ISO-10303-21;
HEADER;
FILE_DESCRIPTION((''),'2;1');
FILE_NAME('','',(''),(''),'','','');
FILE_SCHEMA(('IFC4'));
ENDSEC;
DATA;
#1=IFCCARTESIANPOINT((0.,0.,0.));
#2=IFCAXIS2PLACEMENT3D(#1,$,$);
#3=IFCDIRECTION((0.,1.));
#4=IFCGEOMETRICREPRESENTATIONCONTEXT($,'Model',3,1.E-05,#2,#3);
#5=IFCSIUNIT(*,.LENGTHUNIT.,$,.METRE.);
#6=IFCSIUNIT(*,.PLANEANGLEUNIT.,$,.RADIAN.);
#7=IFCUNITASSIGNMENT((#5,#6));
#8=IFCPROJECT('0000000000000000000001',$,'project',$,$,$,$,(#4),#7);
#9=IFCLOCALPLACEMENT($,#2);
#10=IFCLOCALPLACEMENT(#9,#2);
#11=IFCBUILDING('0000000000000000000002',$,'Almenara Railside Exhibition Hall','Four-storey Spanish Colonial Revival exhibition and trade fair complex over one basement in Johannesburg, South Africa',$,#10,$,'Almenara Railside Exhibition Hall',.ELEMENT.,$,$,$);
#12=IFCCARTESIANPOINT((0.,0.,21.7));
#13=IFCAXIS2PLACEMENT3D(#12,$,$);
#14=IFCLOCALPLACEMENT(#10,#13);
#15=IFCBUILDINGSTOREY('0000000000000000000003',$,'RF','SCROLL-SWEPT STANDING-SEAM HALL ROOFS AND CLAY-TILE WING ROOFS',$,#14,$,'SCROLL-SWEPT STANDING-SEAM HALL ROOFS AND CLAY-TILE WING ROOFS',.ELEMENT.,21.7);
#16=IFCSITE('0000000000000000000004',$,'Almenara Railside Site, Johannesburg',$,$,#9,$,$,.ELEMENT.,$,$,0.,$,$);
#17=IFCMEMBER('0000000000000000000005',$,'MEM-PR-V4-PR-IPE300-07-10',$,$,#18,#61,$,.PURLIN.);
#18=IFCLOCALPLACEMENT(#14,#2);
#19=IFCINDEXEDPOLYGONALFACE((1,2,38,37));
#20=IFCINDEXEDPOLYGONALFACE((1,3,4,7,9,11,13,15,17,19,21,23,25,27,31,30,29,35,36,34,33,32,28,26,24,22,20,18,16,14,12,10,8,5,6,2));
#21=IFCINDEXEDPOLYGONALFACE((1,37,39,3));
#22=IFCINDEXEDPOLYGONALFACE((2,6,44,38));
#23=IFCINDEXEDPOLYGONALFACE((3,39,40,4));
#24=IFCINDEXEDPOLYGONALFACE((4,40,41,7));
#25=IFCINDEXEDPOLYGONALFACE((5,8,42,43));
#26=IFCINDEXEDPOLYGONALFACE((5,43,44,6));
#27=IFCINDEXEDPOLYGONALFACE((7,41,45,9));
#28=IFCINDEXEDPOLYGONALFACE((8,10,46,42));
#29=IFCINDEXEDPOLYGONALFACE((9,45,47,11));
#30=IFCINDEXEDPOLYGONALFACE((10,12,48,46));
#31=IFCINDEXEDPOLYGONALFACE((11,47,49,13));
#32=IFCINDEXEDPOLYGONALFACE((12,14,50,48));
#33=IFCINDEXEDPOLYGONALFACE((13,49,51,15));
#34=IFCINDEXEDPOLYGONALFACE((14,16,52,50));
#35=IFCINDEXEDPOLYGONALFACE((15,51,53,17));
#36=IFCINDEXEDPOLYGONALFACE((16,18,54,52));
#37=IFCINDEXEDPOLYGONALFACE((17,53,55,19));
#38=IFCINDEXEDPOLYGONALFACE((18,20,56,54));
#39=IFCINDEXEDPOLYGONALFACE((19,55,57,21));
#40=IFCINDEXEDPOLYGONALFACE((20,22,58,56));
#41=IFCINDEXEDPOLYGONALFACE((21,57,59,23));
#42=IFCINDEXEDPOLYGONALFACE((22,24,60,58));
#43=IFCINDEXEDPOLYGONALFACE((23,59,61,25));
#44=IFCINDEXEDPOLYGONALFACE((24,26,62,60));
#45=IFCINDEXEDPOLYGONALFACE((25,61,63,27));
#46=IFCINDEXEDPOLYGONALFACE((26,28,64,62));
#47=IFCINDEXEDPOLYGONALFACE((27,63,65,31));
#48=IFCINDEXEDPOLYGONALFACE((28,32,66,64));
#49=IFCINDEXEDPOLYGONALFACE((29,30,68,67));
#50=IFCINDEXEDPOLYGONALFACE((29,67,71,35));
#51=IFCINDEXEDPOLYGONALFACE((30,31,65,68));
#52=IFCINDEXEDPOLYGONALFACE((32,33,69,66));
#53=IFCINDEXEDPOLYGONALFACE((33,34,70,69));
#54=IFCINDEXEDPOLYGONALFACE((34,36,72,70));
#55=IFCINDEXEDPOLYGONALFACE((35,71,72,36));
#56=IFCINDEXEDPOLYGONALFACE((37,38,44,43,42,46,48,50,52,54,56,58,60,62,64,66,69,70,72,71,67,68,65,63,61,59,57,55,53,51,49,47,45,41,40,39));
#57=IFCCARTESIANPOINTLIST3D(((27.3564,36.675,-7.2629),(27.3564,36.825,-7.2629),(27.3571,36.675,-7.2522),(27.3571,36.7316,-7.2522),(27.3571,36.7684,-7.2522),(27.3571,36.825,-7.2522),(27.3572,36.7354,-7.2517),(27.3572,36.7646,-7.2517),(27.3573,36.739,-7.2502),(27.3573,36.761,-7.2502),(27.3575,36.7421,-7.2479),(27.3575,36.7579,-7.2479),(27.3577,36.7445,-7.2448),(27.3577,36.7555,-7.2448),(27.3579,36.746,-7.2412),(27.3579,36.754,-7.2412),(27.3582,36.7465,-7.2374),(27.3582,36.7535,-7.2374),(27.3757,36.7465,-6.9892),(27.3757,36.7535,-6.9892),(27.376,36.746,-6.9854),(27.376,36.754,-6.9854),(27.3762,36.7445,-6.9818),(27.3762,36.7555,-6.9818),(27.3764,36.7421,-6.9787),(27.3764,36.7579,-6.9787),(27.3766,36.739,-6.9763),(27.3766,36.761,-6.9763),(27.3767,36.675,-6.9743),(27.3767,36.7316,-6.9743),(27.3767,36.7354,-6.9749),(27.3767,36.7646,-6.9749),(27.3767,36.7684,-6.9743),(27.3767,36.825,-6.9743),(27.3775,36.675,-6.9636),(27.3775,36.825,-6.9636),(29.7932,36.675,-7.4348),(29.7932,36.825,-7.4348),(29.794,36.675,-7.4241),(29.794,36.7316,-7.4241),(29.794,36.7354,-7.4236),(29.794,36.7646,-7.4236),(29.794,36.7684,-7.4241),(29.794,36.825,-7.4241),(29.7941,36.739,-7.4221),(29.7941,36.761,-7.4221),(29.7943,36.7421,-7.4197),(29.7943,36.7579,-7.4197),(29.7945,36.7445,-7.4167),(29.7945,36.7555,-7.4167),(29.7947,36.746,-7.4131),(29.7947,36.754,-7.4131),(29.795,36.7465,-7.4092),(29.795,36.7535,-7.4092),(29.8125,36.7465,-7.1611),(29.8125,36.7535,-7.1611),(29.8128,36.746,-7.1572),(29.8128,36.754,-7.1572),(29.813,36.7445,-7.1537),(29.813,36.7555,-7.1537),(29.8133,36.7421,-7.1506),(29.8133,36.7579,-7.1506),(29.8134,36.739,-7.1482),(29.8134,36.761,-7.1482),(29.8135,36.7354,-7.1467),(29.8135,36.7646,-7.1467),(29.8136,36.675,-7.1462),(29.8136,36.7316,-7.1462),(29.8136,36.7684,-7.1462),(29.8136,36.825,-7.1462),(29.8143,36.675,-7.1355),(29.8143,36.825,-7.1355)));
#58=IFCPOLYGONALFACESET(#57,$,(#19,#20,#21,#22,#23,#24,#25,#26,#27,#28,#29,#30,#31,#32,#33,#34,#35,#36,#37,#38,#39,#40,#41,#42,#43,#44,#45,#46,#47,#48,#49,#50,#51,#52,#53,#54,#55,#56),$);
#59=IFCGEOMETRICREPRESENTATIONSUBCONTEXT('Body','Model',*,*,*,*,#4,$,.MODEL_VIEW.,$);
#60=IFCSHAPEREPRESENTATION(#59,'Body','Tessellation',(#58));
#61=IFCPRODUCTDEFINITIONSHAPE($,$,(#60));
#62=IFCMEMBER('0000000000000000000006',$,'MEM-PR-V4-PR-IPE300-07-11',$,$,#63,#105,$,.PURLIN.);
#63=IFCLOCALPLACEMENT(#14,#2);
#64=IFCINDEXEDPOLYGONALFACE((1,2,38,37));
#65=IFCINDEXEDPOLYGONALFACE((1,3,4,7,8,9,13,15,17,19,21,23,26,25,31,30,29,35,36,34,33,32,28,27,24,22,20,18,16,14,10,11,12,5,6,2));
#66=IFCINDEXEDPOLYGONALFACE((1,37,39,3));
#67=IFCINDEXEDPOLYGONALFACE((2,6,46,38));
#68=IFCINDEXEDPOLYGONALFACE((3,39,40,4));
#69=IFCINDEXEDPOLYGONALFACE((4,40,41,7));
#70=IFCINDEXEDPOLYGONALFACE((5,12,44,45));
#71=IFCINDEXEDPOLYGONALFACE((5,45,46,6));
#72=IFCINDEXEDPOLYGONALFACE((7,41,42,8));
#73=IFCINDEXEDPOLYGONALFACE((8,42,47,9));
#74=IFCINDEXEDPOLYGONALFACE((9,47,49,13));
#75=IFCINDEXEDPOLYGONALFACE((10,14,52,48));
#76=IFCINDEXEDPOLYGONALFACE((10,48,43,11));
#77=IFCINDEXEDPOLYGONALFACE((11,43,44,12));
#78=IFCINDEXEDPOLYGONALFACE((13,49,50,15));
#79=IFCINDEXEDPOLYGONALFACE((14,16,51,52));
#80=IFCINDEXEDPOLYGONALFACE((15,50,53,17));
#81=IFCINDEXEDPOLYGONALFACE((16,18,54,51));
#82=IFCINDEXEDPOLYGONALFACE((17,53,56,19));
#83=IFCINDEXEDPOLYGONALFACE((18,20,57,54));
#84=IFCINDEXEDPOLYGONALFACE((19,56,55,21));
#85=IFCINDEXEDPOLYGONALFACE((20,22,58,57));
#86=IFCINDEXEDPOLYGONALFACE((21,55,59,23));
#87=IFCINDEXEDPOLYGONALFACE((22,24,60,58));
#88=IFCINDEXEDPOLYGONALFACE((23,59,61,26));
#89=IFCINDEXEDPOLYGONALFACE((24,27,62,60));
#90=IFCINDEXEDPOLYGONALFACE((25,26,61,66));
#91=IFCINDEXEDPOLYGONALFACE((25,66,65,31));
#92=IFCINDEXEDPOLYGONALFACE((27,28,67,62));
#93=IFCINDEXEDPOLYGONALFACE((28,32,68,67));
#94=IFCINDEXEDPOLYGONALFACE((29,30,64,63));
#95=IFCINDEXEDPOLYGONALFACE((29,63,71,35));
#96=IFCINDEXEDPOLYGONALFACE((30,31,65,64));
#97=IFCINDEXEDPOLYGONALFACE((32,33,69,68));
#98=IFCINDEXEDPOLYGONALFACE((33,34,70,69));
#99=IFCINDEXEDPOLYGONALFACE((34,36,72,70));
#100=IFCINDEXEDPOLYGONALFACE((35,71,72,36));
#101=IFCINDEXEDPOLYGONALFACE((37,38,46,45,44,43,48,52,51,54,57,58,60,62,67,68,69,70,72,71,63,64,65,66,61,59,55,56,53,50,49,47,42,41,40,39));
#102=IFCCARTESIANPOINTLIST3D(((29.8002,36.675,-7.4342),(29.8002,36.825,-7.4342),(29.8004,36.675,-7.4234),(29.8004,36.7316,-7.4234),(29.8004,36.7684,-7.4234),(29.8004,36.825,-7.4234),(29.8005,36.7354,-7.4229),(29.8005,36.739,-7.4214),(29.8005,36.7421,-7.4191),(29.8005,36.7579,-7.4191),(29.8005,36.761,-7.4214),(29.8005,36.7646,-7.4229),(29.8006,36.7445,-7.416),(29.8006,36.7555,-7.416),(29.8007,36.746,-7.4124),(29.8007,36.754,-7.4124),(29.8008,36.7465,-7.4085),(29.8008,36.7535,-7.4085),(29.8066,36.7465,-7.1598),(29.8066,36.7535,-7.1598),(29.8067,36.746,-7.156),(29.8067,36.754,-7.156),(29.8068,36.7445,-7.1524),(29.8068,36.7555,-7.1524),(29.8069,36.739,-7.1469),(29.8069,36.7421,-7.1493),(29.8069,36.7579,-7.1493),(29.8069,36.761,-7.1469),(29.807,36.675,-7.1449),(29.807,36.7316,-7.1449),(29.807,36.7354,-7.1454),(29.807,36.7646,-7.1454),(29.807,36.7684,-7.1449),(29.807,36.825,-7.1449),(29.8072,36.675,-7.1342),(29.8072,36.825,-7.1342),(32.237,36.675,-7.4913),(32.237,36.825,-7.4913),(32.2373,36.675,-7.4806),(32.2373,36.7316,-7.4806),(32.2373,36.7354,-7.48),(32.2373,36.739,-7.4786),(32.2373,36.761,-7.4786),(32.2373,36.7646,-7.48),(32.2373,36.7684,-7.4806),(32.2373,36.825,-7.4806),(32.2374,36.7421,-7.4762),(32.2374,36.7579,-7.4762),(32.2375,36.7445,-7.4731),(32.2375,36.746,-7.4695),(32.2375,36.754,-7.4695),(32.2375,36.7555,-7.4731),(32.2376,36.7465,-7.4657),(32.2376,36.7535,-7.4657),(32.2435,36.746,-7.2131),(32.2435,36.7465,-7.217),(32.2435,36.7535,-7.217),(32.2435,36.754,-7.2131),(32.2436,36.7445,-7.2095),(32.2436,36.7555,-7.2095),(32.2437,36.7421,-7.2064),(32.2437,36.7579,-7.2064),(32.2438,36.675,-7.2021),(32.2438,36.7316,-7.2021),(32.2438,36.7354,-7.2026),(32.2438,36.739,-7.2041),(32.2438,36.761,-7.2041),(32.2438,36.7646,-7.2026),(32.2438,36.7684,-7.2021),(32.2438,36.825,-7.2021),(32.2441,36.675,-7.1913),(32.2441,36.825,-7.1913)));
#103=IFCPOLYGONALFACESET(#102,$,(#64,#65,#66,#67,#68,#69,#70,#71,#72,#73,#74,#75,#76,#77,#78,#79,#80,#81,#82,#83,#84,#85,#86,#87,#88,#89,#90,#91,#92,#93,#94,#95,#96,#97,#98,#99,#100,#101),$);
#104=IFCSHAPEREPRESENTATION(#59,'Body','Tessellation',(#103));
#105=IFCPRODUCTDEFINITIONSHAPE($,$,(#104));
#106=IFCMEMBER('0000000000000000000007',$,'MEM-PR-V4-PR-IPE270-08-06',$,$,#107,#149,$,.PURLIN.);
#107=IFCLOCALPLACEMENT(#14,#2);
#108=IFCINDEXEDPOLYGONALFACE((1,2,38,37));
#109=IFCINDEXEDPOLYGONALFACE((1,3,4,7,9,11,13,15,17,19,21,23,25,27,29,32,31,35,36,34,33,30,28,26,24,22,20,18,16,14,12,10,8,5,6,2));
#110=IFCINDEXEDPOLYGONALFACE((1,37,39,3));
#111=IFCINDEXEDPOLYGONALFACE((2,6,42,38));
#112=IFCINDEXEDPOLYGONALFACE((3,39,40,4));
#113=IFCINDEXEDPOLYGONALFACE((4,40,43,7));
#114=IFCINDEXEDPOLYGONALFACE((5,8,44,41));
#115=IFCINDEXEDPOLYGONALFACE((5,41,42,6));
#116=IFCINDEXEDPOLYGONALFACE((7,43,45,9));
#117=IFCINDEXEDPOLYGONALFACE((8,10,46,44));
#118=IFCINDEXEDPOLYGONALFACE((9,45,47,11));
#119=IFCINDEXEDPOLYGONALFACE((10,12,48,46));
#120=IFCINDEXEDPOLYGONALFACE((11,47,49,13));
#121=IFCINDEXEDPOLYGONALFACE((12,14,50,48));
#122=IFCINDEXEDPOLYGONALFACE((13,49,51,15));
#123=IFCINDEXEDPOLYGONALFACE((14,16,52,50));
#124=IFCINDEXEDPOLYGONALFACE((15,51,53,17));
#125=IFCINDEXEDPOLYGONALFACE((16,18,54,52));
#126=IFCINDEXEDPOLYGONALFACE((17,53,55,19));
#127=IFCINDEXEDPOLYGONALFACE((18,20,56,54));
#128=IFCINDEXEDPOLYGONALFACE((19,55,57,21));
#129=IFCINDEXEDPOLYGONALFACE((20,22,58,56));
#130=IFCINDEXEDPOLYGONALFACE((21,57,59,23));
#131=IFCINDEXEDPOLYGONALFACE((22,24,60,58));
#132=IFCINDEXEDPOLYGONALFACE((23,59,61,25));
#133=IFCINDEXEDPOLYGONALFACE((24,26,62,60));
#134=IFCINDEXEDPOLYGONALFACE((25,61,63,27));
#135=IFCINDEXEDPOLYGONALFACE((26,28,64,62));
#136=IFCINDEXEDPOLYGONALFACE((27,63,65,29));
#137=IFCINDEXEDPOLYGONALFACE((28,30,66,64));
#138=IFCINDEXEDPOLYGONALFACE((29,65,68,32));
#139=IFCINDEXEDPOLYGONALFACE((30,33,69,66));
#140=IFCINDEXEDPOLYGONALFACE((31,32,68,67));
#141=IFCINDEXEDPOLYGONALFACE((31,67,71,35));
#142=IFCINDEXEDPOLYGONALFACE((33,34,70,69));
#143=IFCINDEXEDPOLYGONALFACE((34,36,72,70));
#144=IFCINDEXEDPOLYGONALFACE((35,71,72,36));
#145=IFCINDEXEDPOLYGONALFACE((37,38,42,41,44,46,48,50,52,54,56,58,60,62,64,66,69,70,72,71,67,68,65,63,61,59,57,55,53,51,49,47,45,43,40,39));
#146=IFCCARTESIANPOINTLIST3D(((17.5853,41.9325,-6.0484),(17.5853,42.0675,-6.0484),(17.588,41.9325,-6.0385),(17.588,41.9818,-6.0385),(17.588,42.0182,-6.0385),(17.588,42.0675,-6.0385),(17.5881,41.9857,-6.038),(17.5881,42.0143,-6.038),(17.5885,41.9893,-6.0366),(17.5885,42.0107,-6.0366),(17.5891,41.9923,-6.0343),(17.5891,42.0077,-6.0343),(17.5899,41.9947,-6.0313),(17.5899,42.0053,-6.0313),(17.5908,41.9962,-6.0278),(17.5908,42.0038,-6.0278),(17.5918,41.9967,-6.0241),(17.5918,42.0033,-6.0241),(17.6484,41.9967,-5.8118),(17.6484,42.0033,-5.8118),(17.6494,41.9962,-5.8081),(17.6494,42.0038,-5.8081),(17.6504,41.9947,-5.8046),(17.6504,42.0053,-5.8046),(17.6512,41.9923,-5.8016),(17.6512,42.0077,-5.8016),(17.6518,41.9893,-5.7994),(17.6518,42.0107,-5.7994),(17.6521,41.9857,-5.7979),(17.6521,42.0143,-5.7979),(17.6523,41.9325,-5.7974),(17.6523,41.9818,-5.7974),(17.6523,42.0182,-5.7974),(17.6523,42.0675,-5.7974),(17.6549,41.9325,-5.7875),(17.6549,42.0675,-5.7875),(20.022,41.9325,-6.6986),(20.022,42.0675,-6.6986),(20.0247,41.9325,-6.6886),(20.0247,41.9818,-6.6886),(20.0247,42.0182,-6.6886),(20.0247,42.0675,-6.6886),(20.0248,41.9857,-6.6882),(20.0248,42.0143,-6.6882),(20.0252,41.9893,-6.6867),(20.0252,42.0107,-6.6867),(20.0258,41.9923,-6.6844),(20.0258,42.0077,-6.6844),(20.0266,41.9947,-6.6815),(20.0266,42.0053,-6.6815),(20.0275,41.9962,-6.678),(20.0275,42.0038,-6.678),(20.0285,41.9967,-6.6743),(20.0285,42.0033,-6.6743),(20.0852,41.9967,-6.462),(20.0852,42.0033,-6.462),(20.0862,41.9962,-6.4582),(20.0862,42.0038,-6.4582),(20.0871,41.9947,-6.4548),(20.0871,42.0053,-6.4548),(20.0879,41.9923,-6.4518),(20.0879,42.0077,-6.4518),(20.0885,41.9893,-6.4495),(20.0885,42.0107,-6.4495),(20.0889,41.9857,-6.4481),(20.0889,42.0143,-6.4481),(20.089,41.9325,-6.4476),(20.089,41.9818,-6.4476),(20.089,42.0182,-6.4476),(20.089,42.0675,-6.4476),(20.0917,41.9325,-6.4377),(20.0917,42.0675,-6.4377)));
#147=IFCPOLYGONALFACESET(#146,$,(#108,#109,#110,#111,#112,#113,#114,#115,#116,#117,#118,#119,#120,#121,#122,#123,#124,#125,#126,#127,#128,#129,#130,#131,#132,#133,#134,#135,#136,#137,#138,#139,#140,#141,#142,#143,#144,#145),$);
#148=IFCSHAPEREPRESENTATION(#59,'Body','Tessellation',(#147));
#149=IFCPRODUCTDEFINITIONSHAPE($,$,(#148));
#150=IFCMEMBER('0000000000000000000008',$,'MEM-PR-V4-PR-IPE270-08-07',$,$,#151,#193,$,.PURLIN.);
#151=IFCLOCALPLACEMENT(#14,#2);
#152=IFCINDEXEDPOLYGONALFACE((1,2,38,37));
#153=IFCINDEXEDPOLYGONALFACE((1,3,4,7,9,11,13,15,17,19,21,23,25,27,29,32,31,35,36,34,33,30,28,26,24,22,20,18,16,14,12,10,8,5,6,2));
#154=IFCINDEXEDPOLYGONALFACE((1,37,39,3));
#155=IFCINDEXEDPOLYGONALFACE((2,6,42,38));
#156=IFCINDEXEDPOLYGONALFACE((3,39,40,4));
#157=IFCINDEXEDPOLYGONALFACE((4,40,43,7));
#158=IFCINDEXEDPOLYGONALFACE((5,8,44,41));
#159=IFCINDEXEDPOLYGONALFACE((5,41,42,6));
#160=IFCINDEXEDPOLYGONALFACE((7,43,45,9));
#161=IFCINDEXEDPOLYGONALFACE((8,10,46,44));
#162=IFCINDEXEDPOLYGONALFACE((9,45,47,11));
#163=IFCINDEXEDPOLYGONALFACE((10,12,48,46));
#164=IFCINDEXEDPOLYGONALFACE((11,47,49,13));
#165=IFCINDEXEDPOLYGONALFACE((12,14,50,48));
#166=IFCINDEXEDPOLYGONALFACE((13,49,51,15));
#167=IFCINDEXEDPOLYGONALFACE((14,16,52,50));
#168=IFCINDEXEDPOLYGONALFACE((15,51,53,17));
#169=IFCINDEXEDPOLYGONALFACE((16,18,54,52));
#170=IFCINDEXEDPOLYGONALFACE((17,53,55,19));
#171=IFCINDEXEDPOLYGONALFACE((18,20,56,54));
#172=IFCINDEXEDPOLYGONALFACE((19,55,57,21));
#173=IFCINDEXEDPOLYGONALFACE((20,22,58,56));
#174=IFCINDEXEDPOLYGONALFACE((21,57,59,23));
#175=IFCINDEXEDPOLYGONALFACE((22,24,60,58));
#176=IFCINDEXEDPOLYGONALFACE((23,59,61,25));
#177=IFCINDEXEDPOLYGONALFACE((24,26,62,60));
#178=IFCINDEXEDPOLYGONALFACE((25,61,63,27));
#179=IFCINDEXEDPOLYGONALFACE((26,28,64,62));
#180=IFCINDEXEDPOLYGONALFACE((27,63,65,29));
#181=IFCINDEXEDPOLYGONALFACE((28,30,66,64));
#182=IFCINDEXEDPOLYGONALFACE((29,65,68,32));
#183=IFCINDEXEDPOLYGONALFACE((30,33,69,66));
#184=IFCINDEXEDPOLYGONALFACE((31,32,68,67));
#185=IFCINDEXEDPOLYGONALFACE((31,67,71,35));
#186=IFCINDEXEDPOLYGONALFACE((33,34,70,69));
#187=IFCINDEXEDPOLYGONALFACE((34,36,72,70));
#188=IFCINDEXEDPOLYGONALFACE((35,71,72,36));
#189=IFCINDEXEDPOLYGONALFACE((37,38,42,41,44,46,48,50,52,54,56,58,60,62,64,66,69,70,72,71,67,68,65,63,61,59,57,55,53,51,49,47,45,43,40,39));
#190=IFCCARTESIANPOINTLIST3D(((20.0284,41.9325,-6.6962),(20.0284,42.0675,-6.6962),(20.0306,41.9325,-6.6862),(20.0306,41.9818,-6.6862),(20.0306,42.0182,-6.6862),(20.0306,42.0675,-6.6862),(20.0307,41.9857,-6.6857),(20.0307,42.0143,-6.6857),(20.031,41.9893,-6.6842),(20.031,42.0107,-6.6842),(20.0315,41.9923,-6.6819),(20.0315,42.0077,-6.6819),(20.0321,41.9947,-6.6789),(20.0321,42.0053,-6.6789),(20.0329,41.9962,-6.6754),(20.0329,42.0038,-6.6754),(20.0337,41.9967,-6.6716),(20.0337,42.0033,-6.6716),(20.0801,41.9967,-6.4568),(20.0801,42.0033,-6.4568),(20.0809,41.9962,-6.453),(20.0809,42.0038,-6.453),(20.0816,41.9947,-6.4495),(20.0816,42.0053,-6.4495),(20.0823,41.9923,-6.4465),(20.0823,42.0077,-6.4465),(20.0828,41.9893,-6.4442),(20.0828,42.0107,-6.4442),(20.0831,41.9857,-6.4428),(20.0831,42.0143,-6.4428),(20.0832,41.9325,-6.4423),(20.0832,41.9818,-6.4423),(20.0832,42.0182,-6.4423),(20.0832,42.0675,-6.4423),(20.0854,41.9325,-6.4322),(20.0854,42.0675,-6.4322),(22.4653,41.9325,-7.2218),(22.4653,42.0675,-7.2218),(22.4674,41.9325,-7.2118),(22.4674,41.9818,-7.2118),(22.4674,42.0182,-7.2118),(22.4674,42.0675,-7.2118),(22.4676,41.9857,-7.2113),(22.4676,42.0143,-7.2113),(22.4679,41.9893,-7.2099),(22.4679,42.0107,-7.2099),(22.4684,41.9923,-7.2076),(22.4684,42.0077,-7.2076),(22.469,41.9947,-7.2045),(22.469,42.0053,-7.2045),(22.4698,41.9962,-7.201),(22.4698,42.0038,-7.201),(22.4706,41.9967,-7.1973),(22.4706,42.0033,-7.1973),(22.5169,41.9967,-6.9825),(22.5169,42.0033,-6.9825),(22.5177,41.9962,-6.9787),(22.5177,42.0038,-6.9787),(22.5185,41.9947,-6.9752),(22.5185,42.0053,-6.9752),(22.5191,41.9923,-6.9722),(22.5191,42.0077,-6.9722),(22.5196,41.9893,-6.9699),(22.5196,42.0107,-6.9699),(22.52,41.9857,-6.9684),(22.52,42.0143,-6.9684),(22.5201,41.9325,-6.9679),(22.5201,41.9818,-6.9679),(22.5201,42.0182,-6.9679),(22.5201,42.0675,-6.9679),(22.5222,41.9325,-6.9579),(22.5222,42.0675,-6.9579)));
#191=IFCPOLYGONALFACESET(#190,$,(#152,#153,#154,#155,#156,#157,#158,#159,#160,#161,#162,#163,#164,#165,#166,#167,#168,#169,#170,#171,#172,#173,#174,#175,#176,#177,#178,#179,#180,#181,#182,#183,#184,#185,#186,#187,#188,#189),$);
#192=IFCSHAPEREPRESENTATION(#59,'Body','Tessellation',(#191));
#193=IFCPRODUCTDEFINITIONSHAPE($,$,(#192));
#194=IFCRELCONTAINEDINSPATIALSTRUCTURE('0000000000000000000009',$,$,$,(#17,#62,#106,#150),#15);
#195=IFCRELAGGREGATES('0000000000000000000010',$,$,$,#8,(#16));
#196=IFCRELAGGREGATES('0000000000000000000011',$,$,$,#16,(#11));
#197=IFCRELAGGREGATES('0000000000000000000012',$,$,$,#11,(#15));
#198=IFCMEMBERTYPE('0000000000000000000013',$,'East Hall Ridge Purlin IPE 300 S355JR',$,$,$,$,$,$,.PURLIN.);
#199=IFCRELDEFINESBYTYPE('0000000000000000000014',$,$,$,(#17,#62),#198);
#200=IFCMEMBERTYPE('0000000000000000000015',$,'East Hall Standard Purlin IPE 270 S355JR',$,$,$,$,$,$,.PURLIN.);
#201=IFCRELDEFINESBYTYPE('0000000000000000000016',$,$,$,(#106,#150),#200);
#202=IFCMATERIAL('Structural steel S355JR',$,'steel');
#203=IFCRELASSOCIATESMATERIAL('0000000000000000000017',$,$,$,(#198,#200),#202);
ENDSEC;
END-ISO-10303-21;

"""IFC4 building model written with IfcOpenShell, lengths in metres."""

from ifc_helpers import new_model, si_unit, direction, frame, origin, origin_2d, place, context, subcontext, project, spatial, i_section, extrude, material, material_profile, profile_set, type_object, element, save


model = new_model("IFC4")

# Units and contexts
model_context = context("Model", 3, precision=1e-05, world=origin(), true_north=direction((0.0, 1.0)))
body_context = subcontext(model_context, "Body", "Model", "MODEL_VIEW")
ifc_project = project(units=[si_unit("LENGTHUNIT", "METRE"), si_unit("PLANEANGLEUNIT", "RADIAN")], contexts=[model_context])

# Site, building, storey
site_placement = place(None, origin())
site = spatial("IfcSite", under=ifc_project, at=site_placement, Name="Almenara Railside Site, Johannesburg", CompositionType="ELEMENT", RefElevation=0.0)
building_placement = place(site_placement, origin())
building = spatial("IfcBuilding", under=site, at=building_placement, Name="Almenara Railside Exhibition Hall", Description="Four-storey Spanish Colonial Revival exhibition and trade fair complex over one basement in Johannesburg, South Africa", LongName="Almenara Railside Exhibition Hall", CompositionType="ELEMENT")
storey_placement = place(building_placement, frame((0.0, 0.0, 21.7)))
storey = spatial("IfcBuildingStorey", under=building, at=storey_placement, Name="RF", Description="SCROLL-SWEPT STANDING-SEAM HALL ROOFS AND CLAY-TILE WING ROOFS", LongName="SCROLL-SWEPT STANDING-SEAM HALL ROOFS AND CLAY-TILE WING ROOFS", CompositionType="ELEMENT", Elevation=21.7)

# Shared definitions
ifc_material_1 = material(Name="Structural steel S355JR", Category="steel")

# Members
ifc_material_profile_1 = material_profile(ifc_material_1, i_section(OverallWidth=0.1499, OverallDepth=0.3, WebThickness=0.0071, FlangeThickness=0.0107, FilletRadius=0.0149, at=origin_2d()), Name="IPE 300")
ifc_profile_set_1 = profile_set([ifc_material_profile_1], Name="Structural steel S355JR")
member_type_1 = type_object("IfcMemberType", Name="East Hall Ridge Purlin IPE 300 S355JR", PredefinedType="PURLIN", material=ifc_profile_set_1)
member_1_placement = place(storey_placement, frame((27.3669, 36.75, -7.1133), z_axis=(0.997522, 0.0, -0.070359), x_axis=(0.0, 1.0, 0.0)))
element("IfcMember", 1, at=member_1_placement, inside=storey, type_object=member_type_1, Name="MEM-PR-V4-PR-IPE300-07-10", PredefinedType="PURLIN", context=body_context, shape_type="SweptSolid", body=[
    extrude(i_section(OverallWidth=0.1499, OverallDepth=0.3, WebThickness=0.0071, FlangeThickness=0.0107, FilletRadius=0.0149, at=origin_2d()), origin(), (0.0, 0.0, 1.0), 2.4429),
])
member_2_placement = place(storey_placement, frame((29.8037, 36.75, -7.2842), z_axis=(0.999725, 0.0, -0.023438), x_axis=(0.0, 1.0, 0.0)))
element("IfcMember", 2, at=member_2_placement, inside=storey, type_object=member_type_1, Name="MEM-PR-V4-PR-IPE300-07-11", PredefinedType="PURLIN", context=body_context, shape_type="SweptSolid", body=[
    extrude(i_section(OverallWidth=0.1499, OverallDepth=0.3, WebThickness=0.0071, FlangeThickness=0.0107, FilletRadius=0.0149, at=origin_2d()), origin(), (0.0, 0.0, 1.0), 2.4375),
])
ifc_material_profile_2 = material_profile(ifc_material_1, i_section(OverallWidth=0.135, OverallDepth=0.27, WebThickness=0.0066, FlangeThickness=0.0103, FilletRadius=0.0149, at=origin_2d()), Name="IPE 270")
ifc_profile_set_2 = profile_set([ifc_material_profile_2], Name="Structural steel S355JR")
member_type_2 = type_object("IfcMemberType", Name="East Hall Standard Purlin IPE 270 S355JR", PredefinedType="PURLIN", material=ifc_profile_set_2)
member_3_placement = place(storey_placement, frame((17.6201, 42.0, -5.918), z_axis=(0.966201, 0.0, -0.257789), x_axis=(0.0, 1.0, 0.0)))
element("IfcMember", 3, at=member_3_placement, inside=storey, type_object=member_type_2, Name="MEM-PR-V4-PR-IPE270-08-06", PredefinedType="PURLIN", context=body_context, shape_type="SweptSolid", body=[
    extrude(i_section(OverallWidth=0.135, OverallDepth=0.27, WebThickness=0.0066, FlangeThickness=0.0103, FilletRadius=0.0149, at=origin_2d()), origin(), (0.0, 0.0, 1.0), 2.522),
])
member_4_placement = place(storey_placement, frame((20.0569, 42.0, -6.5642), z_axis=(0.977516, 0.0, -0.21086), x_axis=(0.0, 1.0, 0.0)))
element("IfcMember", 4, at=member_4_placement, inside=storey, type_object=member_type_2, Name="MEM-PR-V4-PR-IPE270-08-07", PredefinedType="PURLIN", context=body_context, shape_type="SweptSolid", body=[
    extrude(i_section(OverallWidth=0.135, OverallDepth=0.27, WebThickness=0.0066, FlangeThickness=0.0103, FilletRadius=0.0149, at=origin_2d()), origin(), (0.0, 0.0, 1.0), 2.4929),
])

save(model, "model.ifc")
